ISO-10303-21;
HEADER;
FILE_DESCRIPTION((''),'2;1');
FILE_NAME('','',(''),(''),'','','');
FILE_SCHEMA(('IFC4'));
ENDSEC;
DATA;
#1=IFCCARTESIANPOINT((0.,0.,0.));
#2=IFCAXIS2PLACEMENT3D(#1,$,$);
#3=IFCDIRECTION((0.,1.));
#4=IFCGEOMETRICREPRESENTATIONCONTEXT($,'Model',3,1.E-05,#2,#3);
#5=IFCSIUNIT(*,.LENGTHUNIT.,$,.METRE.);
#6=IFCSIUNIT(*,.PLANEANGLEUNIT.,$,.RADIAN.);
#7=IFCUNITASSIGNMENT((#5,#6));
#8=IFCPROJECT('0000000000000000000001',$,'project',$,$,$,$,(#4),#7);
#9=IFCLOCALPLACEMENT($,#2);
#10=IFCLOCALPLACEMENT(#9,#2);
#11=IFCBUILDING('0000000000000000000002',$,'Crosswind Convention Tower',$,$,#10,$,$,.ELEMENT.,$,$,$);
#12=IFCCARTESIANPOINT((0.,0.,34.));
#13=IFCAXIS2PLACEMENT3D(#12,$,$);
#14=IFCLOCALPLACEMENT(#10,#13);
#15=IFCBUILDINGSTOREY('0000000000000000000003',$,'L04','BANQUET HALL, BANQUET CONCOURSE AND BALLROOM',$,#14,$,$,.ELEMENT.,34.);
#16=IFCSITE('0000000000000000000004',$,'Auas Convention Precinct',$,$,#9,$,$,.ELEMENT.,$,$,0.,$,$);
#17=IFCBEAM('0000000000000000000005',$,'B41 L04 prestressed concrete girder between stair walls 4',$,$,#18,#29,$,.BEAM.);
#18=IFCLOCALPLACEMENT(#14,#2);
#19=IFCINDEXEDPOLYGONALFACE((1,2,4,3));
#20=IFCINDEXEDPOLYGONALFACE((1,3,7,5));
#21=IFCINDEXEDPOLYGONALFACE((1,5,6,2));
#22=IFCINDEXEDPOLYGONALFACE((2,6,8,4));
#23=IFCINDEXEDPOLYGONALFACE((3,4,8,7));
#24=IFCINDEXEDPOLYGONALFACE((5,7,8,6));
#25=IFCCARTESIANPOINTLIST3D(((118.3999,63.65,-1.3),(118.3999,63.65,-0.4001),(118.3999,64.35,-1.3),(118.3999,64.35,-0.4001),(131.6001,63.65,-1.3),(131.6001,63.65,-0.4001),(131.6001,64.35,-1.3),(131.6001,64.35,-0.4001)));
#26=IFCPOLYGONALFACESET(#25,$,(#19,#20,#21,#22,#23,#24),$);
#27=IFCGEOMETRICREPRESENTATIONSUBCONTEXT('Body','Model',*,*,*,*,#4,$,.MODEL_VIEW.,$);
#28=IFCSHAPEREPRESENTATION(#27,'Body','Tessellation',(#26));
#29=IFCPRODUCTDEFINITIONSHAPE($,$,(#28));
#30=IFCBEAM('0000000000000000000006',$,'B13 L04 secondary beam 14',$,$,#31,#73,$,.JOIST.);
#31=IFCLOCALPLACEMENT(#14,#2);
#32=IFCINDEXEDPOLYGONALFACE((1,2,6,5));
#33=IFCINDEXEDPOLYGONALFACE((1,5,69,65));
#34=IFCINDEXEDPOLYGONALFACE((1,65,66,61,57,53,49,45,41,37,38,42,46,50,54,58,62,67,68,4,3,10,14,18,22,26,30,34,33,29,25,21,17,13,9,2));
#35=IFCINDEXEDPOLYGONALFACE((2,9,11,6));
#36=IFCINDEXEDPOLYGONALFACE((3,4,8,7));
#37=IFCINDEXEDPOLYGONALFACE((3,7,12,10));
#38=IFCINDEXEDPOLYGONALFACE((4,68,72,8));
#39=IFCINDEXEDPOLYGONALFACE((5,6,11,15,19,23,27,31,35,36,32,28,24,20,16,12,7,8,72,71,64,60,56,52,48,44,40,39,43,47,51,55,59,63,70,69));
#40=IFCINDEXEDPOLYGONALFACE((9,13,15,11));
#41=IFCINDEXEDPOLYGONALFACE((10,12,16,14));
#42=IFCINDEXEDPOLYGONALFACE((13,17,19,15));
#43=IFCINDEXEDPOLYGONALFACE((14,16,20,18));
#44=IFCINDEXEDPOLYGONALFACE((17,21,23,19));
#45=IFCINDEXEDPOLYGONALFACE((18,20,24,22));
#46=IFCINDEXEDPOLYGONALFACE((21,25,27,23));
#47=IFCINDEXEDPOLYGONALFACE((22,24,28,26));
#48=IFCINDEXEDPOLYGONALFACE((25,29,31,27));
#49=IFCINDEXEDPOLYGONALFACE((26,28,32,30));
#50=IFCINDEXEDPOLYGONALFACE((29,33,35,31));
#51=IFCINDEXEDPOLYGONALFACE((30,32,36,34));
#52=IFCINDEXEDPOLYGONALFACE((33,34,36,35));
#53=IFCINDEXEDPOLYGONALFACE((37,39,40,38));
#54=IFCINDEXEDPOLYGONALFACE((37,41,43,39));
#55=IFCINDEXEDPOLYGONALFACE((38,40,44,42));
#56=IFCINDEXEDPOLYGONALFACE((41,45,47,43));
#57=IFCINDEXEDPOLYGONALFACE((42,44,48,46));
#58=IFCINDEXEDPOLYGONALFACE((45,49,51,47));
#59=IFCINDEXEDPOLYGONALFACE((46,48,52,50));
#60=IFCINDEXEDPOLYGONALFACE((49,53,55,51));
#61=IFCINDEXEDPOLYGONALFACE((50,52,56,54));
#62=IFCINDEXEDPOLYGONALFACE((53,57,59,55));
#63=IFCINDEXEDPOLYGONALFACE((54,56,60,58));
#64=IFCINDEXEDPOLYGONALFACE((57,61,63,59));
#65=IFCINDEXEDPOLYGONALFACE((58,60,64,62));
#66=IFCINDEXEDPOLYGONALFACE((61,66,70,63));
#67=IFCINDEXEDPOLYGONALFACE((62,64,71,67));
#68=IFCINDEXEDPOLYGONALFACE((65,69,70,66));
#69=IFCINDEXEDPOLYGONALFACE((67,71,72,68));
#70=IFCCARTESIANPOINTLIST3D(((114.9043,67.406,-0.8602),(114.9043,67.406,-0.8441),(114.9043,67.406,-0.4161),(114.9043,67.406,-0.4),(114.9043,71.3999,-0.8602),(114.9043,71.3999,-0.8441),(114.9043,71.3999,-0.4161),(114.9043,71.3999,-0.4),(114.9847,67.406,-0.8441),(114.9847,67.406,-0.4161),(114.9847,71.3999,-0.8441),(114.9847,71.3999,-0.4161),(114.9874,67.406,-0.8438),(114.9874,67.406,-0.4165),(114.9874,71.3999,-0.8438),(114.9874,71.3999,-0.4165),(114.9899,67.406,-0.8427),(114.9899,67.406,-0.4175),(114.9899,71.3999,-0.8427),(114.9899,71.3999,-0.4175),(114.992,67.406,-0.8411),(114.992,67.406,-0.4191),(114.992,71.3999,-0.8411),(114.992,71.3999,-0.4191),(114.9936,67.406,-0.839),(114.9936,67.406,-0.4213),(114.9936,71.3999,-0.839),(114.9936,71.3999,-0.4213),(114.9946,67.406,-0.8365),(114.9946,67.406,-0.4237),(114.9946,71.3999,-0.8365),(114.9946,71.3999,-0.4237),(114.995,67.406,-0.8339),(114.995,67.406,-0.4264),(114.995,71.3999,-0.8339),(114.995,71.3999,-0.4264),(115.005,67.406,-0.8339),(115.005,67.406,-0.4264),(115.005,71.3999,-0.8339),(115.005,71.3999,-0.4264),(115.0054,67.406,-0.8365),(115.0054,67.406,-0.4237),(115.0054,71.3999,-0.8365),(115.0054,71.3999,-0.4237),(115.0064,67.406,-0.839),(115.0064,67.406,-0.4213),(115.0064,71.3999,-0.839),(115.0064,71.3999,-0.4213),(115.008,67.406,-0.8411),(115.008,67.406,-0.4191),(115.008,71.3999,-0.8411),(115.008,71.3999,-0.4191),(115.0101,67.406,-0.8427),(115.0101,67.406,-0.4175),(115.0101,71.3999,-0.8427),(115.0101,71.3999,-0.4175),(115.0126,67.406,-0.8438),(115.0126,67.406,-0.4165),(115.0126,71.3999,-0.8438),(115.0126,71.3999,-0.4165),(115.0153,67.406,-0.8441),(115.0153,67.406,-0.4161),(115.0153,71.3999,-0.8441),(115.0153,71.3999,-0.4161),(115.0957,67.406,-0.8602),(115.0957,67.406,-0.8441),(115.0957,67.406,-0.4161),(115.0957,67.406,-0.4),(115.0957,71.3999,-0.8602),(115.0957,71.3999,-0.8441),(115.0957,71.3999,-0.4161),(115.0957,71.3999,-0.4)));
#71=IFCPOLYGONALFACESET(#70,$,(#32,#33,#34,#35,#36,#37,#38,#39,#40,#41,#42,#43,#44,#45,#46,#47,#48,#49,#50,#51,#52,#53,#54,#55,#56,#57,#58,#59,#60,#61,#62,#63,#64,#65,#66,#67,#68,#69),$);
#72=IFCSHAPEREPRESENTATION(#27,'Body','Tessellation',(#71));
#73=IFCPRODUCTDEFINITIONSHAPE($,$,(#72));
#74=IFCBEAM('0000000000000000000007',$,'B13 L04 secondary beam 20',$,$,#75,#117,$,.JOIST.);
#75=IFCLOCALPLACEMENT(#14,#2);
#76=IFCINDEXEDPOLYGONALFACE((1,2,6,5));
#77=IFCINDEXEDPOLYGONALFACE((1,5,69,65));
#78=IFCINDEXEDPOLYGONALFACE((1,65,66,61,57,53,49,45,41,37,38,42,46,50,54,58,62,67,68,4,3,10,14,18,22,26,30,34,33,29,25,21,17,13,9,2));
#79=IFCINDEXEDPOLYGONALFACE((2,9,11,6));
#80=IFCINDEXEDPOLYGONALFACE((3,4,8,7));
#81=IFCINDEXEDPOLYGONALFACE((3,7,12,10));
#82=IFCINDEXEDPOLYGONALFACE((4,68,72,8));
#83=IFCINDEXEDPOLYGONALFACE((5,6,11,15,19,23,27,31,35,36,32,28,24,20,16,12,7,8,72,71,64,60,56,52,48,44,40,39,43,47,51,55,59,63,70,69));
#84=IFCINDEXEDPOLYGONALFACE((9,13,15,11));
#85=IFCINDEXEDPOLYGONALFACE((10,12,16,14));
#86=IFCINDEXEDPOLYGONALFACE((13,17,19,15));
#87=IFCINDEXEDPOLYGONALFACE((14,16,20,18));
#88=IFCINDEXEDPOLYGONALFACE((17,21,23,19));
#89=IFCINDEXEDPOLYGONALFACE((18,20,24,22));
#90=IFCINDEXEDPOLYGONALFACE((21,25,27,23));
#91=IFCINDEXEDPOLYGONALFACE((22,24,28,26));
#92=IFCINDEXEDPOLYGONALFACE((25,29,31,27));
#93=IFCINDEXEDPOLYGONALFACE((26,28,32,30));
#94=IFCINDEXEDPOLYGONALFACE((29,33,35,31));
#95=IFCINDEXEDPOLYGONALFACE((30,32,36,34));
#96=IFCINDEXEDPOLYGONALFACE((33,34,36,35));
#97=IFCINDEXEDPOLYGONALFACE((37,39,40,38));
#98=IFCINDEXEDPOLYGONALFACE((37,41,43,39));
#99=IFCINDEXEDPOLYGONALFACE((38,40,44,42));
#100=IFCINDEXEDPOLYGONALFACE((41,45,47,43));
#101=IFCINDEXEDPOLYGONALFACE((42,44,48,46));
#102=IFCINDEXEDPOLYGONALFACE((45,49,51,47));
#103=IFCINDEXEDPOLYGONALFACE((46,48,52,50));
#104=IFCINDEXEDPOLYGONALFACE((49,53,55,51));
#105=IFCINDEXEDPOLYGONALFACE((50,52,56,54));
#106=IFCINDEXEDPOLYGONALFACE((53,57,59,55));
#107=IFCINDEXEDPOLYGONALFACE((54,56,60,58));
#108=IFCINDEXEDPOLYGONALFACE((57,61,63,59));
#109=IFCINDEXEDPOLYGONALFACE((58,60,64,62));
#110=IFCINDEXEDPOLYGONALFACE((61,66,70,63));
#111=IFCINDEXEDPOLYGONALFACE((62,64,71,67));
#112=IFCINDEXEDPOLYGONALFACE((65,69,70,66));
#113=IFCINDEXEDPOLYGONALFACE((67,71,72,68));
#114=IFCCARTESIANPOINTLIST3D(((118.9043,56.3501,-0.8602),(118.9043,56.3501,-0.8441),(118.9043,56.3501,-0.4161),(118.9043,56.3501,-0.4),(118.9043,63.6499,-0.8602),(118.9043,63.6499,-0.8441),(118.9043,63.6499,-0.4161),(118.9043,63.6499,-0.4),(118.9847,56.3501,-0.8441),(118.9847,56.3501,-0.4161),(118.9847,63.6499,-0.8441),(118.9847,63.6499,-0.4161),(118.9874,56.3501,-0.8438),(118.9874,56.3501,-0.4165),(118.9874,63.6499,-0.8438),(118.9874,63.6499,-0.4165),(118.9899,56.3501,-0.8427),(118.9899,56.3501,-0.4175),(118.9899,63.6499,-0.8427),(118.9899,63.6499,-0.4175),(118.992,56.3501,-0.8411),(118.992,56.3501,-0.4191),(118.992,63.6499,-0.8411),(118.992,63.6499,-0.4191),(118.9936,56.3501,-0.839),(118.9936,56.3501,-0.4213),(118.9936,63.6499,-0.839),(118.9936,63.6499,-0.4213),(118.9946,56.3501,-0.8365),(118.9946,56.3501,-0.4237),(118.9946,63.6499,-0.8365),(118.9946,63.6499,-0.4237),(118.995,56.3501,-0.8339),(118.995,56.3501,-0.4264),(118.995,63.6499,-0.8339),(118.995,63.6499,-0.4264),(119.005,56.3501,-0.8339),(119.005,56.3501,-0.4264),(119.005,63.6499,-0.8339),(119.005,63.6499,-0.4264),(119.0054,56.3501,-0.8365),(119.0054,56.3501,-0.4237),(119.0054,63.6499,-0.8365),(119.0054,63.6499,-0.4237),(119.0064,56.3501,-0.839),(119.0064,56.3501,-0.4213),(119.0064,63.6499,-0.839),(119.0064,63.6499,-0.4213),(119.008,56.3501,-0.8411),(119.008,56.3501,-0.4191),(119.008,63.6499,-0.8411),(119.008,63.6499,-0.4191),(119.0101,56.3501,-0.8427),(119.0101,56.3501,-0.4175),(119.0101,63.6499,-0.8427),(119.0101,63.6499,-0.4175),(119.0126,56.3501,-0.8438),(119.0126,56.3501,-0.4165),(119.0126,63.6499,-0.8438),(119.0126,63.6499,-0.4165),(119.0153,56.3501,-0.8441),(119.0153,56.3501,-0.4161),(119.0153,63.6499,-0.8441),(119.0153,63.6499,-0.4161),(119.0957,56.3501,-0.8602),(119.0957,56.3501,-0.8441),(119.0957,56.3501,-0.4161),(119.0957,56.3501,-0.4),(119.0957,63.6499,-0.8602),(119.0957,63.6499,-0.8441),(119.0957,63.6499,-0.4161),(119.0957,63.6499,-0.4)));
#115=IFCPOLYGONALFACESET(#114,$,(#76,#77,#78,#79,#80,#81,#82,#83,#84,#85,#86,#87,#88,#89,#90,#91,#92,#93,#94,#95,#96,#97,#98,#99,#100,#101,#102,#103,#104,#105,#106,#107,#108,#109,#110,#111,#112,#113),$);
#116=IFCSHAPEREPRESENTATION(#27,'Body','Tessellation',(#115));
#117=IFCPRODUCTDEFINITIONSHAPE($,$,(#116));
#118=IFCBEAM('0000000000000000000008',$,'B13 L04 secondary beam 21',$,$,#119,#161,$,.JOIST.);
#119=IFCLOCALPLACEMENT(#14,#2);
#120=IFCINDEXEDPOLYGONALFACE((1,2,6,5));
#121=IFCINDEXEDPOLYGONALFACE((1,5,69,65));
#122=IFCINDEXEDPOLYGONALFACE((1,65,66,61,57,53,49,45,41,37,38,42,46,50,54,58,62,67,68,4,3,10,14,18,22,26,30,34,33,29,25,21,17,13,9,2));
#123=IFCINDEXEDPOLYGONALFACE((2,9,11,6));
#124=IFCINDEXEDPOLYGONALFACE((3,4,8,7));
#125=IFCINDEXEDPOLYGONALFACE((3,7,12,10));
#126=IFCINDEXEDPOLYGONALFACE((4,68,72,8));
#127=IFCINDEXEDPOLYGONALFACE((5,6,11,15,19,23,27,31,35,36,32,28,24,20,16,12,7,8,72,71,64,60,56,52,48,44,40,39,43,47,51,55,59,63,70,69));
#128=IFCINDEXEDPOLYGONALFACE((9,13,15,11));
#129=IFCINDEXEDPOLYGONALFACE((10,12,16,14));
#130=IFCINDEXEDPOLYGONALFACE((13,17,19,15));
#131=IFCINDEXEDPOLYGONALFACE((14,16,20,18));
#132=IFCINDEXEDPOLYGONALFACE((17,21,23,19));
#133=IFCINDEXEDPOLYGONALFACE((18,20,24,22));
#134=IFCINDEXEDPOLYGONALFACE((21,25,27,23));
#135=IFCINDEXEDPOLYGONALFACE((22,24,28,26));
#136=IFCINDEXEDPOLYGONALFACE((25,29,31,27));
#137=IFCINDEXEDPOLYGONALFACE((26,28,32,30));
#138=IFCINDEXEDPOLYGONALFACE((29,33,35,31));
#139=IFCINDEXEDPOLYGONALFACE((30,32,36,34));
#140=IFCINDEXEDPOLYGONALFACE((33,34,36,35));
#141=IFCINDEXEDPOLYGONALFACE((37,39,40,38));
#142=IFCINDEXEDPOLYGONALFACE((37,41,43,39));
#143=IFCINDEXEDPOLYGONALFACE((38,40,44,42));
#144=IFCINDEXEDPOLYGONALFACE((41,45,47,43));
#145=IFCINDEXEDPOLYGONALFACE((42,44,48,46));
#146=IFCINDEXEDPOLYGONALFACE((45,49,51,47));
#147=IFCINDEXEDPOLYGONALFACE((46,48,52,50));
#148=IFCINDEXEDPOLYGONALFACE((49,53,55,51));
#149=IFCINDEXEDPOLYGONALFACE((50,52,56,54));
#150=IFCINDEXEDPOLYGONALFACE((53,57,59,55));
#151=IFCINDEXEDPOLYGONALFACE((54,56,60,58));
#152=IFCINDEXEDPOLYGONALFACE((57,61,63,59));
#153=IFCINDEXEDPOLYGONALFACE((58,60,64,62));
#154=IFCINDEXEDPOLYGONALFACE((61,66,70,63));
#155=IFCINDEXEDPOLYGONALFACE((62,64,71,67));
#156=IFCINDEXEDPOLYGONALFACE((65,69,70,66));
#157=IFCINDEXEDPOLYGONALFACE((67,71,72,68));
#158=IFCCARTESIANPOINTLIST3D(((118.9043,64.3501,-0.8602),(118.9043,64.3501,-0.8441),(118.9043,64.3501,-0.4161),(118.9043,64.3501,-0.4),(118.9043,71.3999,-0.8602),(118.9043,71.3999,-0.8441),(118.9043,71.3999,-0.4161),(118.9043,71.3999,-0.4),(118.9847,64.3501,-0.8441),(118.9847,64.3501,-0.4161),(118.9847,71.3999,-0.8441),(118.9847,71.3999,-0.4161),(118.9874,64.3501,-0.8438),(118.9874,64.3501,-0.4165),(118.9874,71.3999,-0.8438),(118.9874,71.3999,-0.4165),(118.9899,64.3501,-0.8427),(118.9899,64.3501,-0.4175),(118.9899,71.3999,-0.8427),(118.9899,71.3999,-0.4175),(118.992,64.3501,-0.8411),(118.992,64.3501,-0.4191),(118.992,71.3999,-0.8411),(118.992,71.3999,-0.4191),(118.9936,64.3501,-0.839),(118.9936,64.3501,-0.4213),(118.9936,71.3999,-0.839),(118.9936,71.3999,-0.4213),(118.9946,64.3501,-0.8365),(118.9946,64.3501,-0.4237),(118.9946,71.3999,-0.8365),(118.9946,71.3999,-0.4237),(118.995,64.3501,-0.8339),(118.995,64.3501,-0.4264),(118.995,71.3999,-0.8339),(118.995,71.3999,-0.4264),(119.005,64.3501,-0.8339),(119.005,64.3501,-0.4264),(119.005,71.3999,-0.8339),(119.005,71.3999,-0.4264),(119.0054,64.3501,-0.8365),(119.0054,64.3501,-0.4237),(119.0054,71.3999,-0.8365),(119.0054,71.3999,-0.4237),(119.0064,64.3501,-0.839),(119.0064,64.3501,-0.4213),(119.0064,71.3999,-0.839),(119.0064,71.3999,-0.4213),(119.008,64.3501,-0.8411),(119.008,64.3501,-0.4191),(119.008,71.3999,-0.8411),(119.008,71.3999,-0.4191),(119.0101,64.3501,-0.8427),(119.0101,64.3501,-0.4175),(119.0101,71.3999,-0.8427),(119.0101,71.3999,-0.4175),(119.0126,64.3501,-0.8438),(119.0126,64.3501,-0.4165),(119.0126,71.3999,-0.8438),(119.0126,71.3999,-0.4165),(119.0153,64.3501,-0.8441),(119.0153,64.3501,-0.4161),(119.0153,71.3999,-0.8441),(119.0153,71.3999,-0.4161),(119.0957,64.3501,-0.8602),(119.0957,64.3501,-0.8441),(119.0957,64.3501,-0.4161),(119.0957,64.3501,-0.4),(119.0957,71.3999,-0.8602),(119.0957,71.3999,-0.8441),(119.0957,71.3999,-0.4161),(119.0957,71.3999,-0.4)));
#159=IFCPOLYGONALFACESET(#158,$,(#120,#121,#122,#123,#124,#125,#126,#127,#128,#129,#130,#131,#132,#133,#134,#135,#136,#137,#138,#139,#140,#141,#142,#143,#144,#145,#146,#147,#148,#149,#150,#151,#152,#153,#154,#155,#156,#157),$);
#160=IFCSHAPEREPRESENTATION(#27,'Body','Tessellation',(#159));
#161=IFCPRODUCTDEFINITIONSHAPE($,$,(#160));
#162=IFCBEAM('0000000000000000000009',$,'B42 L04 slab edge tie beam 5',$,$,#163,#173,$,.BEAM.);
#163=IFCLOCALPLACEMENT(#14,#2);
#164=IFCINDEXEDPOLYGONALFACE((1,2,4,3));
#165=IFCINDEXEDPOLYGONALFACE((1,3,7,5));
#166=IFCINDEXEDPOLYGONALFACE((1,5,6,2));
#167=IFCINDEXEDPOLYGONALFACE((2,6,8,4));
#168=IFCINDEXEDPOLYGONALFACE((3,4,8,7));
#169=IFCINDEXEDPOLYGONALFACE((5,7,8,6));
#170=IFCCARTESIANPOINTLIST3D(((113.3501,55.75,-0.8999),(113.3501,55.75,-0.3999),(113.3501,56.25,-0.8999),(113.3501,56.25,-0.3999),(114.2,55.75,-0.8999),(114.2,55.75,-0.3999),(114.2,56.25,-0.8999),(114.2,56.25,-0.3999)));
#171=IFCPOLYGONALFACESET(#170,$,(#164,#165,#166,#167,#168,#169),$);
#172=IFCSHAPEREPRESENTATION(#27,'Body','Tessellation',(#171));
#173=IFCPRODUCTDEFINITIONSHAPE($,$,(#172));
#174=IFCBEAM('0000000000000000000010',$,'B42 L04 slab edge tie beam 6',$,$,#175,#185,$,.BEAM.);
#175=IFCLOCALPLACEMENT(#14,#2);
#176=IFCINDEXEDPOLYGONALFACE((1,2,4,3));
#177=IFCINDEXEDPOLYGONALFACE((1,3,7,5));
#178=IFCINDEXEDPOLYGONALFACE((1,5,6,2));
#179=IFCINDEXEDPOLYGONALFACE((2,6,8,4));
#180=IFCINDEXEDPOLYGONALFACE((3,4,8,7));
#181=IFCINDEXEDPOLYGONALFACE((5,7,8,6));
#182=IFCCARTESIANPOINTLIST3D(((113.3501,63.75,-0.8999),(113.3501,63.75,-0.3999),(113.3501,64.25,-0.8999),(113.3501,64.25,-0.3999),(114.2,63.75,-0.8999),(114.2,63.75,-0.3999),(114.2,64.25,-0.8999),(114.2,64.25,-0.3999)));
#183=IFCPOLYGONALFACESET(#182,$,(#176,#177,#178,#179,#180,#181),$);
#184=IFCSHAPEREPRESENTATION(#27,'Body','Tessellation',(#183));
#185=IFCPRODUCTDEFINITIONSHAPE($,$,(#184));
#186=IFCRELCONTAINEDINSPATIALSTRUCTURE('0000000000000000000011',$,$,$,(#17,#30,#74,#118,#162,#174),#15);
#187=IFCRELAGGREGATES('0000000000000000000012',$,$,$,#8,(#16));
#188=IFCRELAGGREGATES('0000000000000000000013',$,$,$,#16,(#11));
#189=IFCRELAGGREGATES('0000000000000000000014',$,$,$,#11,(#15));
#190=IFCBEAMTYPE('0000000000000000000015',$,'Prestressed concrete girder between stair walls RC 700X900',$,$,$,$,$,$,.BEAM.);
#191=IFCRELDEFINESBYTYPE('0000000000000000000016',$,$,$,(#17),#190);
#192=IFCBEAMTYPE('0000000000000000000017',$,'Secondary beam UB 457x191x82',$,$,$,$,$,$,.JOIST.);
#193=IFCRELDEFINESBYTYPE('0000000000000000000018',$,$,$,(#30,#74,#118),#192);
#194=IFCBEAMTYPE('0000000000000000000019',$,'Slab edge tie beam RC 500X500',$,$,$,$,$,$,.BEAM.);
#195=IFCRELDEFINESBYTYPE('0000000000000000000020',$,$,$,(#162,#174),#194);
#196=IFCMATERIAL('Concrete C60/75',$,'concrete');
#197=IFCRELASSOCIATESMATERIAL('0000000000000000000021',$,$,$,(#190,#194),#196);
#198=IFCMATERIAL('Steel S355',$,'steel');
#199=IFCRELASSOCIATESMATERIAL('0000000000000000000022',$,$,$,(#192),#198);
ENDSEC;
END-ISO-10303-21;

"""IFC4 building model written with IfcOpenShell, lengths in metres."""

from ifc_helpers import new_model, si_unit, direction, frame, origin, origin_2d, place, context, subcontext, project, spatial, rectangle, i_section, extrude, material, material_profile, profile_set, type_object, element, save


model = new_model("IFC4")

# Units and contexts
model_context = context("Model", 3, precision=1e-05, world=origin(), true_north=direction((0.0, 1.0)))
body_context = subcontext(model_context, "Body", "Model", "MODEL_VIEW")
ifc_project = project(units=[si_unit("LENGTHUNIT", "METRE"), si_unit("PLANEANGLEUNIT", "RADIAN")], contexts=[model_context])

# Site, building, storey
site_placement = place(None, origin())
site = spatial("IfcSite", under=ifc_project, at=site_placement, Name="Auas Convention Precinct", CompositionType="ELEMENT", RefElevation=0.0)
building_placement = place(site_placement, origin())
building = spatial("IfcBuilding", under=site, at=building_placement, Name="Crosswind Convention Tower", CompositionType="ELEMENT")
storey_placement = place(building_placement, frame((0.0, 0.0, 34.0)))
storey = spatial("IfcBuildingStorey", under=building, at=storey_placement, Name="L04", Description="BANQUET HALL, BANQUET CONCOURSE AND BALLROOM", CompositionType="ELEMENT", Elevation=34.0)

# Shared definitions
ifc_material_1 = material(Name="Concrete C60/75", Category="concrete")

# Shared definitions
ifc_material_2 = material(Name="Steel S355", Category="steel")

# Beams
ifc_material_profile_1 = material_profile(ifc_material_1, rectangle(XDim=0.7, YDim=0.8999, at=origin_2d()), Name="RC 700X900")
ifc_profile_set_1 = profile_set([ifc_material_profile_1], Name="Concrete C60/75")
beam_type_1 = type_object("IfcBeamType", Name="Prestressed concrete girder between stair walls RC 700X900", PredefinedType="BEAM", material=ifc_profile_set_1)
for number, where, z_axis, x_axis, name in (
    (1, (118.3999, 64.0, -0.8501), (1.0, 0.0, 0.0), (0.0, 1.0, 0.0), "B41 L04 prestressed concrete girder between stair walls 4"),
):
    element("IfcBeam", number, at=place(storey_placement, frame(where, z_axis=z_axis, x_axis=x_axis)), inside=storey, type_object=beam_type_1, Name=name, PredefinedType="BEAM", context=body_context, shape_type="SweptSolid", body=[
        extrude(rectangle(XDim=0.7, YDim=0.8999, at=origin_2d()), origin(), (0.0, 0.0, 1.0), 13.2002),
    ])
ifc_material_profile_2 = material_profile(ifc_material_2, i_section(OverallWidth=0.1914, OverallDepth=0.4602, WebThickness=0.01, FlangeThickness=0.0161, FilletRadius=0.0103, at=origin_2d()), Name="UB 457x191x82")
ifc_profile_set_2 = profile_set([ifc_material_profile_2], Name="Steel S355")
beam_type_2 = type_object("IfcBeamType", Name="Secondary beam UB 457x191x82", PredefinedType="JOIST", material=ifc_profile_set_2)
beam_1_placement = place(storey_placement, frame((115.0, 67.406, -0.6301), z_axis=(0.0, 1.0, 0.0), x_axis=(-1.0, 0.0, 0.0)))
element("IfcBeam", 2, at=beam_1_placement, inside=storey, type_object=beam_type_2, Name="B13 L04 secondary beam 14", PredefinedType="JOIST", context=body_context, shape_type="SweptSolid", body=[
    extrude(i_section(OverallWidth=0.1914, OverallDepth=0.4602, WebThickness=0.01, FlangeThickness=0.0161, FilletRadius=0.0103, at=origin_2d()), origin(), (0.0, 0.0, 1.0), 3.9939),
])
beam_2_placement = place(storey_placement, frame((119.0, 56.3501, -0.6301), z_axis=(0.0, 1.0, 0.0), x_axis=(-1.0, 0.0, 0.0)))
element("IfcBeam", 3, at=beam_2_placement, inside=storey, type_object=beam_type_2, Name="B13 L04 secondary beam 20", PredefinedType="JOIST", context=body_context, shape_type="SweptSolid", body=[
    extrude(i_section(OverallWidth=0.1914, OverallDepth=0.4602, WebThickness=0.01, FlangeThickness=0.0161, FilletRadius=0.0103, at=origin_2d()), origin(), (0.0, 0.0, 1.0), 7.2998),
])
beam_3_placement = place(storey_placement, frame((119.0, 64.3501, -0.6301), z_axis=(0.0, 1.0, 0.0), x_axis=(-1.0, 0.0, 0.0)))
element("IfcBeam", 4, at=beam_3_placement, inside=storey, type_object=beam_type_2, Name="B13 L04 secondary beam 21", PredefinedType="JOIST", context=body_context, shape_type="SweptSolid", body=[
    extrude(i_section(OverallWidth=0.1914, OverallDepth=0.4602, WebThickness=0.01, FlangeThickness=0.0161, FilletRadius=0.0103, at=origin_2d()), origin(), (0.0, 0.0, 1.0), 7.0498),
])
ifc_material_profile_3 = material_profile(ifc_material_1, rectangle(XDim=0.5, YDim=0.5, at=origin_2d()), Name="RC 500X500")
ifc_profile_set_3 = profile_set([ifc_material_profile_3], Name="Concrete C60/75")
beam_type_3 = type_object("IfcBeamType", Name="Slab edge tie beam RC 500X500", PredefinedType="BEAM", material=ifc_profile_set_3)
for number, where, z_axis, x_axis, name in (
    (5, (113.3501, 56.0, -0.6499), (1.0, 0.0, 0.0), (0.0, 1.0, 0.0), "B42 L04 slab edge tie beam 5"),
    (6, (113.3501, 64.0, -0.6499), (1.0, 0.0, 0.0), (0.0, 1.0, 0.0), "B42 L04 slab edge tie beam 6"),
):
    element("IfcBeam", number, at=place(storey_placement, frame(where, z_axis=z_axis, x_axis=x_axis)), inside=storey, type_object=beam_type_3, Name=name, PredefinedType="BEAM", context=body_context, shape_type="SweptSolid", body=[
        extrude(rectangle(XDim=0.5, YDim=0.5, at=origin_2d()), origin(), (0.0, 0.0, 1.0), 0.8499),
    ])

save(model, "model.ifc")
